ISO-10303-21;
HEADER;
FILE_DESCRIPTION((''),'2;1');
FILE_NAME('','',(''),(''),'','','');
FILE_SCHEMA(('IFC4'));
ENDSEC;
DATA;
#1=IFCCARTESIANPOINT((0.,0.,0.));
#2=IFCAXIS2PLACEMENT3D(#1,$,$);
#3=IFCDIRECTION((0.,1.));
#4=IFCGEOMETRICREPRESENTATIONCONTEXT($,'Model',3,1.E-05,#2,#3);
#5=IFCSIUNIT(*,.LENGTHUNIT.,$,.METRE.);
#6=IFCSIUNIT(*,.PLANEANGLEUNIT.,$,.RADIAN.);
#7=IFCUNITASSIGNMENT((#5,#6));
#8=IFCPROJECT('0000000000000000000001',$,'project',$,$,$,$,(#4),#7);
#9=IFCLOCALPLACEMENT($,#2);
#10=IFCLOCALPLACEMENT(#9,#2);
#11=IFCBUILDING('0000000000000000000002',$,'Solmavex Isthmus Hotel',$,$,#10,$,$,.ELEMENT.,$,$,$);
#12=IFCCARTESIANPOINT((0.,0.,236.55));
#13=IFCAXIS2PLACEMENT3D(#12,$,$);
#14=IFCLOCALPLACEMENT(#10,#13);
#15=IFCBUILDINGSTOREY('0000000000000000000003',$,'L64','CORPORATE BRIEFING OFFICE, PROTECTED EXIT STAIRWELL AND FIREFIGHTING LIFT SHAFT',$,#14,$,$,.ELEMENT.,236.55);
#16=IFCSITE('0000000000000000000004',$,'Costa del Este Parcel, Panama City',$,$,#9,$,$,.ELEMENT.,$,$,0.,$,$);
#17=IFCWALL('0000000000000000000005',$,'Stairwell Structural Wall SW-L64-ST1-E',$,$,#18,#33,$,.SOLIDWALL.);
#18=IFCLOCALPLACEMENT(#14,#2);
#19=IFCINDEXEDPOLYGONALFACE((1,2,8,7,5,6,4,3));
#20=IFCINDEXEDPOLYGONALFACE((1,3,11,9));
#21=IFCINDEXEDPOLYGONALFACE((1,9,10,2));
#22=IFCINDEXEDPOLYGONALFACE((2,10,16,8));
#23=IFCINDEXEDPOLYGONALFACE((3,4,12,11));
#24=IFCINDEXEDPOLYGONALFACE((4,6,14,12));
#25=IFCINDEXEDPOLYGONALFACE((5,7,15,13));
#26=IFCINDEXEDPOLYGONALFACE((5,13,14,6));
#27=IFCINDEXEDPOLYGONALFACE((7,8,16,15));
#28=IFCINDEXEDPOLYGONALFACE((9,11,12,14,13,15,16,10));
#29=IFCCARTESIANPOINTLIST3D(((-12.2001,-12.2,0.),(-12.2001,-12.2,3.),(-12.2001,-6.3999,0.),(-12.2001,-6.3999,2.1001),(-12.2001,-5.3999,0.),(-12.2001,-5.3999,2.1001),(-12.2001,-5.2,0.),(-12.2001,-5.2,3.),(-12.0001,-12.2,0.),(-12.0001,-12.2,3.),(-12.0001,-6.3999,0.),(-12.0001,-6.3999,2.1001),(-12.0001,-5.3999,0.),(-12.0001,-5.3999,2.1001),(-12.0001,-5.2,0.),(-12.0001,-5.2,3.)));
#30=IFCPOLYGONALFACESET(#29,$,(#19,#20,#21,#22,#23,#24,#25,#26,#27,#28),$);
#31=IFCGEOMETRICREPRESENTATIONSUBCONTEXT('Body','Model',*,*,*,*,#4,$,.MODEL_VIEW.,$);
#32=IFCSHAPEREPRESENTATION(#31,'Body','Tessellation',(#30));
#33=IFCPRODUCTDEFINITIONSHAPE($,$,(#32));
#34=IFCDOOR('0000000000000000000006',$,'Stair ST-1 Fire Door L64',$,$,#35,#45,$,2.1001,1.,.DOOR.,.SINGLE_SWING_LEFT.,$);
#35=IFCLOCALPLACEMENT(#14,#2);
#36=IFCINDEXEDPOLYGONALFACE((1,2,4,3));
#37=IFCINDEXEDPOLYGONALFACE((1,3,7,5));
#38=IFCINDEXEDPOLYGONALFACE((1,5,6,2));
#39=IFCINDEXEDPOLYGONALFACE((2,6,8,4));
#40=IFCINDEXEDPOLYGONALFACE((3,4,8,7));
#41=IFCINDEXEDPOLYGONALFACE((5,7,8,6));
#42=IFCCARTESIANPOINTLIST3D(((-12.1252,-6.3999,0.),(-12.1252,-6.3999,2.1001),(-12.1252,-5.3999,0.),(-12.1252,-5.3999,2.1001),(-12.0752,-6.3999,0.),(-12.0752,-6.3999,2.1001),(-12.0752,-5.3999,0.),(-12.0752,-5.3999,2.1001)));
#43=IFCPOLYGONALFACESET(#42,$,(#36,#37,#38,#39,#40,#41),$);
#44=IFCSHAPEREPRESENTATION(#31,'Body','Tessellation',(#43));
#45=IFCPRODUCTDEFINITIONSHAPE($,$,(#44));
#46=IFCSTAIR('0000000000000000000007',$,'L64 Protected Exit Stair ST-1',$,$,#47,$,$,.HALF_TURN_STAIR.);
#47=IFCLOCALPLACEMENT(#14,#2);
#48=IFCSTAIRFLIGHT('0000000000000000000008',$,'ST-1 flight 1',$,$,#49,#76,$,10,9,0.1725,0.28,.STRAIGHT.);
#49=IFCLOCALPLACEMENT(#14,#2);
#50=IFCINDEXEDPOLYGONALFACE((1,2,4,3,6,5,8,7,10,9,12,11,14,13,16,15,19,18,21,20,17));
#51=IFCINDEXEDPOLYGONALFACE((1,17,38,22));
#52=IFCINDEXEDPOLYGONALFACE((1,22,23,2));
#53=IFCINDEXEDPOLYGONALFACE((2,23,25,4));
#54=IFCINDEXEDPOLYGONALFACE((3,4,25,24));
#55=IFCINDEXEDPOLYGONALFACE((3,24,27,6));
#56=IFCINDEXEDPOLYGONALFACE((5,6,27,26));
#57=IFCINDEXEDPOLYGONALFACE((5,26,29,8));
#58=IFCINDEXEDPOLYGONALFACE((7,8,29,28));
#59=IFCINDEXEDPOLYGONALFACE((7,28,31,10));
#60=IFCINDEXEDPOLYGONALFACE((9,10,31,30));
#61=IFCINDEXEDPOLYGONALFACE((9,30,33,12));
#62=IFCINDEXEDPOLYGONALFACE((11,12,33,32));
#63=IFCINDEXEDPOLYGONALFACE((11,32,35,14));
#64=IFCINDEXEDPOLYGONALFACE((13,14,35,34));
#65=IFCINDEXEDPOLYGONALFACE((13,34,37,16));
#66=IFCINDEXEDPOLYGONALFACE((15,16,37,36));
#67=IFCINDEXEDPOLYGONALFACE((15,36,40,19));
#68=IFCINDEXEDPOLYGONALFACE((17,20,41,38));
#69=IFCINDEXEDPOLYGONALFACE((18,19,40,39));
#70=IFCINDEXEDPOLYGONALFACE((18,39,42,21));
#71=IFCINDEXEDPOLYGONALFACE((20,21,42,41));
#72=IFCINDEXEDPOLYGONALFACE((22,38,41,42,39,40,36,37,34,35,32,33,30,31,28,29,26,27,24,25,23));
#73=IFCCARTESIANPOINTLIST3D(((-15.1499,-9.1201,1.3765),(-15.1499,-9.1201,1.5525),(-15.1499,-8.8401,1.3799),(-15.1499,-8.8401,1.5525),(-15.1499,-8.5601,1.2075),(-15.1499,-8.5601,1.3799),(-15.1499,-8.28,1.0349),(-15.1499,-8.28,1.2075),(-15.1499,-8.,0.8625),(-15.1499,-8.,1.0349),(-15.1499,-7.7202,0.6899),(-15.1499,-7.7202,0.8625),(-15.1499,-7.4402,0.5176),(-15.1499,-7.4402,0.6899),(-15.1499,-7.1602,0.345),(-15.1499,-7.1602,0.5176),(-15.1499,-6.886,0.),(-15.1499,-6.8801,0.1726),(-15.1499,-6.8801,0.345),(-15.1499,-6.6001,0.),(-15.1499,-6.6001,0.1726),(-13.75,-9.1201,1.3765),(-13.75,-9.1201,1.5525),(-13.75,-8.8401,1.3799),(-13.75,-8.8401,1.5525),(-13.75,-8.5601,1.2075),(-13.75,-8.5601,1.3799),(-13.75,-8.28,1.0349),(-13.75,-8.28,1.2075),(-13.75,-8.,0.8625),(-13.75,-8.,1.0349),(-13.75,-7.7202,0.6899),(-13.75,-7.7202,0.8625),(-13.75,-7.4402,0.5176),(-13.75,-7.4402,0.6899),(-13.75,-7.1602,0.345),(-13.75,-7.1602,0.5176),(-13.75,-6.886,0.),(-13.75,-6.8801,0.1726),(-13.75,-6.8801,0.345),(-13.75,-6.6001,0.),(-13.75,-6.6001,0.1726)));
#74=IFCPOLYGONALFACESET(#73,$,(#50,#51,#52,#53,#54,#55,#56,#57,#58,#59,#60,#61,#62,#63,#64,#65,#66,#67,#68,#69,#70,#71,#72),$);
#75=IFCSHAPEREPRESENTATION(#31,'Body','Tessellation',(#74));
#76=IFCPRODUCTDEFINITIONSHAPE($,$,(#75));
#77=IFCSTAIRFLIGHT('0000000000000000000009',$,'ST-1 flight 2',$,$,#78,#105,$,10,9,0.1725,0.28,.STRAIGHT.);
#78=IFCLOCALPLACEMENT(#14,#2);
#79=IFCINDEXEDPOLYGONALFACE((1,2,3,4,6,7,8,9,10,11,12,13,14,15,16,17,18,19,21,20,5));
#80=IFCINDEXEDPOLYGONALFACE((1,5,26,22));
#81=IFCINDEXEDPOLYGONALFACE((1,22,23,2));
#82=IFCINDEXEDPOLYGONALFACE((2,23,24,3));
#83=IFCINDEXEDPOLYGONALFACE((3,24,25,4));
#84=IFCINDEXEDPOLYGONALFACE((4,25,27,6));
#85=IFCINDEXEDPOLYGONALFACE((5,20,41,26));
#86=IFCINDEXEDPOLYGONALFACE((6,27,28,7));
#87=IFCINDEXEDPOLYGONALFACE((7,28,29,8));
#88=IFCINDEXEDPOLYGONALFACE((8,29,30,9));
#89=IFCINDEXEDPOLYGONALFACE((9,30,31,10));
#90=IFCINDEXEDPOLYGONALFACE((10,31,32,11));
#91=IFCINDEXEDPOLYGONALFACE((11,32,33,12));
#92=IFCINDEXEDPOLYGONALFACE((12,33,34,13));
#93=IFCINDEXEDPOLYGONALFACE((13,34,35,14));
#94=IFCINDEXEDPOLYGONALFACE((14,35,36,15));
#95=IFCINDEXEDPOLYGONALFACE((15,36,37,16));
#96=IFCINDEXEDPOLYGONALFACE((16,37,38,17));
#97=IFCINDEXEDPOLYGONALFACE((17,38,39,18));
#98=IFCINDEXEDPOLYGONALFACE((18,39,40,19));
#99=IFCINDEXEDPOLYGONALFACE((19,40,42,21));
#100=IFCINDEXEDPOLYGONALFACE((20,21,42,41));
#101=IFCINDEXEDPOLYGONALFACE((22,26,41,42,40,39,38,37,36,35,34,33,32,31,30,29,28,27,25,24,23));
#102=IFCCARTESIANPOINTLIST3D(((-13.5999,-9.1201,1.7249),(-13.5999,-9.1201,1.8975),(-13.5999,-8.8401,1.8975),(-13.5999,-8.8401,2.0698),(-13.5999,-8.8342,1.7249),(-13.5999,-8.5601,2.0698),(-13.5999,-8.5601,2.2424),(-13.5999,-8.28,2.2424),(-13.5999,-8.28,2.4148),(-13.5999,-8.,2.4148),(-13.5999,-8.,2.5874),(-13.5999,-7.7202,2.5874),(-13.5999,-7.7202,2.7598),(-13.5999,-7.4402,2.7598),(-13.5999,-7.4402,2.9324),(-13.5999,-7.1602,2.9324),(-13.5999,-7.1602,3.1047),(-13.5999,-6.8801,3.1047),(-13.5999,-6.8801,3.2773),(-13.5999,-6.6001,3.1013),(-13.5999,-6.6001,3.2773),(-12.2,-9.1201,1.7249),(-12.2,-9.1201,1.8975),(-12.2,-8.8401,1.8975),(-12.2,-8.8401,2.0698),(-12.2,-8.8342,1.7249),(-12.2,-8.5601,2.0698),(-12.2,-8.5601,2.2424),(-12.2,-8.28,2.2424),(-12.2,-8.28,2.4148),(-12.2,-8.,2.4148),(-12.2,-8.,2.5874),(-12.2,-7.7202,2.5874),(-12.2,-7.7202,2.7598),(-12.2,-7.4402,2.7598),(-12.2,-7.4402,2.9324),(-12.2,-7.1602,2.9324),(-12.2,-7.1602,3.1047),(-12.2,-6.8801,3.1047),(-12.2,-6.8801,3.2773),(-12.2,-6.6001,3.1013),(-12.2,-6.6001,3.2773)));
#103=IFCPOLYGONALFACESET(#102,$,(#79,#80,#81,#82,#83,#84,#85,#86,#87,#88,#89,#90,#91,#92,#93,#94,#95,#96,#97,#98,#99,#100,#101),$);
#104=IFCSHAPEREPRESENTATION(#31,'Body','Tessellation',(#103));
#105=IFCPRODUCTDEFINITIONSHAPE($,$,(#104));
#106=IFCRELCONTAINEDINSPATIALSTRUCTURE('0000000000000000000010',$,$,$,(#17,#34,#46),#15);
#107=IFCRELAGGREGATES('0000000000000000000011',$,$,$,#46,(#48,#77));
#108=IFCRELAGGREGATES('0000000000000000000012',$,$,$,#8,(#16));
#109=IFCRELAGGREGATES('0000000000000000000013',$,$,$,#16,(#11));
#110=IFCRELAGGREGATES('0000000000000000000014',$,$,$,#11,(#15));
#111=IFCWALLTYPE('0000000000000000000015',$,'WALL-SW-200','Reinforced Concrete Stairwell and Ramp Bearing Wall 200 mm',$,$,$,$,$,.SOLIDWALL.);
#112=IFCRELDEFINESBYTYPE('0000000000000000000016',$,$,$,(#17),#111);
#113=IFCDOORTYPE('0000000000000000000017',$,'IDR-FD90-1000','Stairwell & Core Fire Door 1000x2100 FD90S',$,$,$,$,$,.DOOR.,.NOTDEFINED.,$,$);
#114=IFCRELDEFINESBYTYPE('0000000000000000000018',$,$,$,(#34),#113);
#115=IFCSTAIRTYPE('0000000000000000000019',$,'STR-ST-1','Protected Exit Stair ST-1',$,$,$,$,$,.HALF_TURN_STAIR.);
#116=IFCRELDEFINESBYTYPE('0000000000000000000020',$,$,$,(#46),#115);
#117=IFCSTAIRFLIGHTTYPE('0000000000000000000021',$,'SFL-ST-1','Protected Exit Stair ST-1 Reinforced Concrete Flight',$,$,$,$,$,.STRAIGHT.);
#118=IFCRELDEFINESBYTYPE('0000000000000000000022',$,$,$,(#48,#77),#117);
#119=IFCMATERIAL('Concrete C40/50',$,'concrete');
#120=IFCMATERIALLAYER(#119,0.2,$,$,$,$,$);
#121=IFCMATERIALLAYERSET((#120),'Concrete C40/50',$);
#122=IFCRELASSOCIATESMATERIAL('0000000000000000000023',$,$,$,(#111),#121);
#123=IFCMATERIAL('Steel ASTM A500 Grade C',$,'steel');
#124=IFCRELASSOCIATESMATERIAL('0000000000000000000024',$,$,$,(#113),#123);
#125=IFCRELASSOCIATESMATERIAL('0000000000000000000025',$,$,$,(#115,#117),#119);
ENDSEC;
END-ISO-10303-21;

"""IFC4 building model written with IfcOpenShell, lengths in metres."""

from ifc_helpers import new_model, si_unit, direction, frame, frame_2d, origin, place, context, subcontext, project, spatial, polyline, rectangle, outline, extrude, material, layer, layer_set, type_object, element, fill, aggregate, save


model = new_model("IFC4")

# Units and contexts
model_context = context("Model", 3, precision=1e-05, world=origin(), true_north=direction((0.0, 1.0)))
body_context = subcontext(model_context, "Body", "Model", "MODEL_VIEW")
ifc_project = project(units=[si_unit("LENGTHUNIT", "METRE"), si_unit("PLANEANGLEUNIT", "RADIAN")], contexts=[model_context])

# Site, building, storey
site_placement = place(None, origin())
site = spatial("IfcSite", under=ifc_project, at=site_placement, Name="Costa del Este Parcel, Panama City", CompositionType="ELEMENT", RefElevation=0.0)
building_placement = place(site_placement, origin())
building = spatial("IfcBuilding", under=site, at=building_placement, Name="Solmavex Isthmus Hotel", CompositionType="ELEMENT")
storey_placement = place(building_placement, frame((0.0, 0.0, 236.55)))
storey = spatial("IfcBuildingStorey", under=building, at=storey_placement, Name="L64", Description="CORPORATE BRIEFING OFFICE, PROTECTED EXIT STAIRWELL AND FIREFIGHTING LIFT SHAFT", CompositionType="ELEMENT", Elevation=236.55)

# Shared definitions
ifc_material_1 = material(Name="Steel ASTM A500 Grade C", Category="steel")
ifc_material_2 = material(Name="Concrete C40/50", Category="concrete")

# Wall, opening, door
ifc_layer_1 = layer(ifc_material_2, 0.2)
ifc_layer_set_1 = layer_set([ifc_layer_1], Name="Concrete C40/50")
wall_type_1 = type_object("IfcWallType", Name="WALL-SW-200", Description="Reinforced Concrete Stairwell and Ramp Bearing Wall 200 mm", PredefinedType="SOLIDWALL", material=ifc_layer_set_1)
wall_1_placement = place(storey_placement, frame((-12.1001, -12.2, 0.0), z_axis=(0.0, 0.0, 1.0), x_axis=(0.0, 1.0, 0.0)))
wall_1 = element("IfcWall", 1, at=wall_1_placement, inside=storey, type_object=wall_type_1, Name="Stairwell Structural Wall SW-L64-ST1-E", PredefinedType="SOLIDWALL", context=body_context, shape_type="SweptSolid", body=[
    extrude(rectangle(XDim=7.0, YDim=0.2, at=frame_2d((3.5, 0.0))), origin(), (0.0, 0.0, 1.0), 3.0),
])
opening_1_placement = place(wall_1_placement, frame((5.8, 0.0, 0.0)))
opening_1 = element("IfcOpeningElement", 2, at=opening_1_placement, cuts=wall_1, PredefinedType="OPENING", context=body_context, shape_type="SweptSolid", body=[
    extrude(rectangle(XDim=1.0, YDim=2.1001, at=frame_2d((0.5, 1.05))), frame((0.0, 0.1099, 0.0), z_axis=(0.0, -1.0, 0.0), x_axis=(1.0, 0.0, 0.0)), (0.0, 0.0, 1.0), 0.22),
])
door_type_1 = type_object("IfcDoorType", Name="IDR-FD90-1000", Description="Stairwell & Core Fire Door 1000x2100 FD90S", OperationType="NOTDEFINED", PredefinedType="DOOR", material=ifc_material_1)
door_1_placement = place(opening_1_placement, frame((1.0, 0.0, 0.0), z_axis=(0.0, 0.0, 1.0), x_axis=(-1.0, 0.0, 0.0)))
door_1 = element("IfcDoor", 3, at=door_1_placement, inside=storey, type_object=door_type_1, Name="Stair ST-1 Fire Door L64", OperationType="SINGLE_SWING_LEFT", OverallHeight=2.1001, OverallWidth=1.0, PredefinedType="DOOR", context=body_context, shape_type="SweptSolid", body=[
    extrude(rectangle(XDim=1.0, YDim=2.1001, at=frame_2d((0.5, 1.05))), frame((0.0, 0.0249, 0.0), z_axis=(0.0, -1.0, 0.0), x_axis=(1.0, 0.0, 0.0)), (0.0, 0.0, 1.0), 0.05),
])
fill(opening_1, door_1)

# Stair, stair flights
stair_type = type_object("IfcStairType", Name="STR-ST-1", Description="Protected Exit Stair ST-1", PredefinedType="HALF_TURN_STAIR", material=ifc_material_2)
stair_placement = place(storey_placement, origin())
stair = element("IfcStair", 4, at=stair_placement, inside=storey, type_object=stair_type, Name="L64 Protected Exit Stair ST-1", PredefinedType="HALF_TURN_STAIR")
stair_flight_type = type_object("IfcStairFlightType", Name="SFL-ST-1", Description="Protected Exit Stair ST-1 Reinforced Concrete Flight", PredefinedType="STRAIGHT", material=ifc_material_2)
stair_flight_1_placement = place(storey_placement, frame((-14.45, -6.6001, 0.0), z_axis=(0.0, 0.0, 1.0), x_axis=(0.0, -1.0, 0.0)))
stair_flight_1 = element("IfcStairFlight", 5, at=stair_flight_1_placement, type_object=stair_flight_type, Name="ST-1 flight 1", NumberOfRisers=10, NumberOfTreads=9, PredefinedType="STRAIGHT", RiserHeight=0.1725, TreadLength=0.28, context=body_context, shape_type="SweptSolid", body=[
    extrude(outline(polyline([(0.0, 0.0), (0.0, 0.1726), (0.28, 0.1726), (0.28, 0.345), (0.5601, 0.345), (0.5601, 0.5176), (0.8401, 0.5176), (0.8401, 0.6899), (1.1201, 0.6899), (1.1201, 0.8625), (1.3999, 0.8625), (1.3999, 1.0349), (1.6799, 1.0349), (1.6799, 1.2075), (1.96, 1.2075), (1.96, 1.3799), (2.24, 1.3799), (2.24, 1.5525), (2.52, 1.5525), (2.52, 1.7251), (2.52, 1.3765), (0.2859, 0.0), (0.0, 0.0)])), frame((0.0, 0.7, 0.0), z_axis=(0.0, -1.0, 0.0), x_axis=(1.0, 0.0, 0.0)), (0.0, 0.0, 1.0), 1.3999),
])
stair_flight_2_placement = place(storey_placement, frame((-12.8999, -9.1201, 1.7249), z_axis=(0.0, 0.0, 1.0), x_axis=(0.0, 1.0, 0.0)))
stair_flight_2 = element("IfcStairFlight", 6, at=stair_flight_2_placement, type_object=stair_flight_type, Name="ST-1 flight 2", NumberOfRisers=10, NumberOfTreads=9, PredefinedType="STRAIGHT", RiserHeight=0.1725, TreadLength=0.28, context=body_context, shape_type="SweptSolid", body=[
    extrude(outline(polyline([(0.0, 0.0), (0.0, 0.1726), (0.28, 0.1726), (0.28, 0.345), (0.5601, 0.345), (0.5601, 0.5176), (0.8401, 0.5176), (0.8401, 0.6899), (1.1201, 0.6899), (1.1201, 0.8625), (1.3999, 0.8625), (1.3999, 1.0349), (1.6799, 1.0349), (1.6799, 1.2075), (1.96, 1.2075), (1.96, 1.3799), (2.24, 1.3799), (2.24, 1.5525), (2.52, 1.5525), (2.52, 1.7251), (2.52, 1.3765), (0.2859, 0.0), (0.0, 0.0)])), frame((0.0, 0.7, 0.0), z_axis=(0.0, -1.0, 0.0), x_axis=(1.0, 0.0, 0.0)), (0.0, 0.0, 1.0), 1.3999),
])
aggregate(stair, [stair_flight_1, stair_flight_2])

save(model, "model.ifc")
